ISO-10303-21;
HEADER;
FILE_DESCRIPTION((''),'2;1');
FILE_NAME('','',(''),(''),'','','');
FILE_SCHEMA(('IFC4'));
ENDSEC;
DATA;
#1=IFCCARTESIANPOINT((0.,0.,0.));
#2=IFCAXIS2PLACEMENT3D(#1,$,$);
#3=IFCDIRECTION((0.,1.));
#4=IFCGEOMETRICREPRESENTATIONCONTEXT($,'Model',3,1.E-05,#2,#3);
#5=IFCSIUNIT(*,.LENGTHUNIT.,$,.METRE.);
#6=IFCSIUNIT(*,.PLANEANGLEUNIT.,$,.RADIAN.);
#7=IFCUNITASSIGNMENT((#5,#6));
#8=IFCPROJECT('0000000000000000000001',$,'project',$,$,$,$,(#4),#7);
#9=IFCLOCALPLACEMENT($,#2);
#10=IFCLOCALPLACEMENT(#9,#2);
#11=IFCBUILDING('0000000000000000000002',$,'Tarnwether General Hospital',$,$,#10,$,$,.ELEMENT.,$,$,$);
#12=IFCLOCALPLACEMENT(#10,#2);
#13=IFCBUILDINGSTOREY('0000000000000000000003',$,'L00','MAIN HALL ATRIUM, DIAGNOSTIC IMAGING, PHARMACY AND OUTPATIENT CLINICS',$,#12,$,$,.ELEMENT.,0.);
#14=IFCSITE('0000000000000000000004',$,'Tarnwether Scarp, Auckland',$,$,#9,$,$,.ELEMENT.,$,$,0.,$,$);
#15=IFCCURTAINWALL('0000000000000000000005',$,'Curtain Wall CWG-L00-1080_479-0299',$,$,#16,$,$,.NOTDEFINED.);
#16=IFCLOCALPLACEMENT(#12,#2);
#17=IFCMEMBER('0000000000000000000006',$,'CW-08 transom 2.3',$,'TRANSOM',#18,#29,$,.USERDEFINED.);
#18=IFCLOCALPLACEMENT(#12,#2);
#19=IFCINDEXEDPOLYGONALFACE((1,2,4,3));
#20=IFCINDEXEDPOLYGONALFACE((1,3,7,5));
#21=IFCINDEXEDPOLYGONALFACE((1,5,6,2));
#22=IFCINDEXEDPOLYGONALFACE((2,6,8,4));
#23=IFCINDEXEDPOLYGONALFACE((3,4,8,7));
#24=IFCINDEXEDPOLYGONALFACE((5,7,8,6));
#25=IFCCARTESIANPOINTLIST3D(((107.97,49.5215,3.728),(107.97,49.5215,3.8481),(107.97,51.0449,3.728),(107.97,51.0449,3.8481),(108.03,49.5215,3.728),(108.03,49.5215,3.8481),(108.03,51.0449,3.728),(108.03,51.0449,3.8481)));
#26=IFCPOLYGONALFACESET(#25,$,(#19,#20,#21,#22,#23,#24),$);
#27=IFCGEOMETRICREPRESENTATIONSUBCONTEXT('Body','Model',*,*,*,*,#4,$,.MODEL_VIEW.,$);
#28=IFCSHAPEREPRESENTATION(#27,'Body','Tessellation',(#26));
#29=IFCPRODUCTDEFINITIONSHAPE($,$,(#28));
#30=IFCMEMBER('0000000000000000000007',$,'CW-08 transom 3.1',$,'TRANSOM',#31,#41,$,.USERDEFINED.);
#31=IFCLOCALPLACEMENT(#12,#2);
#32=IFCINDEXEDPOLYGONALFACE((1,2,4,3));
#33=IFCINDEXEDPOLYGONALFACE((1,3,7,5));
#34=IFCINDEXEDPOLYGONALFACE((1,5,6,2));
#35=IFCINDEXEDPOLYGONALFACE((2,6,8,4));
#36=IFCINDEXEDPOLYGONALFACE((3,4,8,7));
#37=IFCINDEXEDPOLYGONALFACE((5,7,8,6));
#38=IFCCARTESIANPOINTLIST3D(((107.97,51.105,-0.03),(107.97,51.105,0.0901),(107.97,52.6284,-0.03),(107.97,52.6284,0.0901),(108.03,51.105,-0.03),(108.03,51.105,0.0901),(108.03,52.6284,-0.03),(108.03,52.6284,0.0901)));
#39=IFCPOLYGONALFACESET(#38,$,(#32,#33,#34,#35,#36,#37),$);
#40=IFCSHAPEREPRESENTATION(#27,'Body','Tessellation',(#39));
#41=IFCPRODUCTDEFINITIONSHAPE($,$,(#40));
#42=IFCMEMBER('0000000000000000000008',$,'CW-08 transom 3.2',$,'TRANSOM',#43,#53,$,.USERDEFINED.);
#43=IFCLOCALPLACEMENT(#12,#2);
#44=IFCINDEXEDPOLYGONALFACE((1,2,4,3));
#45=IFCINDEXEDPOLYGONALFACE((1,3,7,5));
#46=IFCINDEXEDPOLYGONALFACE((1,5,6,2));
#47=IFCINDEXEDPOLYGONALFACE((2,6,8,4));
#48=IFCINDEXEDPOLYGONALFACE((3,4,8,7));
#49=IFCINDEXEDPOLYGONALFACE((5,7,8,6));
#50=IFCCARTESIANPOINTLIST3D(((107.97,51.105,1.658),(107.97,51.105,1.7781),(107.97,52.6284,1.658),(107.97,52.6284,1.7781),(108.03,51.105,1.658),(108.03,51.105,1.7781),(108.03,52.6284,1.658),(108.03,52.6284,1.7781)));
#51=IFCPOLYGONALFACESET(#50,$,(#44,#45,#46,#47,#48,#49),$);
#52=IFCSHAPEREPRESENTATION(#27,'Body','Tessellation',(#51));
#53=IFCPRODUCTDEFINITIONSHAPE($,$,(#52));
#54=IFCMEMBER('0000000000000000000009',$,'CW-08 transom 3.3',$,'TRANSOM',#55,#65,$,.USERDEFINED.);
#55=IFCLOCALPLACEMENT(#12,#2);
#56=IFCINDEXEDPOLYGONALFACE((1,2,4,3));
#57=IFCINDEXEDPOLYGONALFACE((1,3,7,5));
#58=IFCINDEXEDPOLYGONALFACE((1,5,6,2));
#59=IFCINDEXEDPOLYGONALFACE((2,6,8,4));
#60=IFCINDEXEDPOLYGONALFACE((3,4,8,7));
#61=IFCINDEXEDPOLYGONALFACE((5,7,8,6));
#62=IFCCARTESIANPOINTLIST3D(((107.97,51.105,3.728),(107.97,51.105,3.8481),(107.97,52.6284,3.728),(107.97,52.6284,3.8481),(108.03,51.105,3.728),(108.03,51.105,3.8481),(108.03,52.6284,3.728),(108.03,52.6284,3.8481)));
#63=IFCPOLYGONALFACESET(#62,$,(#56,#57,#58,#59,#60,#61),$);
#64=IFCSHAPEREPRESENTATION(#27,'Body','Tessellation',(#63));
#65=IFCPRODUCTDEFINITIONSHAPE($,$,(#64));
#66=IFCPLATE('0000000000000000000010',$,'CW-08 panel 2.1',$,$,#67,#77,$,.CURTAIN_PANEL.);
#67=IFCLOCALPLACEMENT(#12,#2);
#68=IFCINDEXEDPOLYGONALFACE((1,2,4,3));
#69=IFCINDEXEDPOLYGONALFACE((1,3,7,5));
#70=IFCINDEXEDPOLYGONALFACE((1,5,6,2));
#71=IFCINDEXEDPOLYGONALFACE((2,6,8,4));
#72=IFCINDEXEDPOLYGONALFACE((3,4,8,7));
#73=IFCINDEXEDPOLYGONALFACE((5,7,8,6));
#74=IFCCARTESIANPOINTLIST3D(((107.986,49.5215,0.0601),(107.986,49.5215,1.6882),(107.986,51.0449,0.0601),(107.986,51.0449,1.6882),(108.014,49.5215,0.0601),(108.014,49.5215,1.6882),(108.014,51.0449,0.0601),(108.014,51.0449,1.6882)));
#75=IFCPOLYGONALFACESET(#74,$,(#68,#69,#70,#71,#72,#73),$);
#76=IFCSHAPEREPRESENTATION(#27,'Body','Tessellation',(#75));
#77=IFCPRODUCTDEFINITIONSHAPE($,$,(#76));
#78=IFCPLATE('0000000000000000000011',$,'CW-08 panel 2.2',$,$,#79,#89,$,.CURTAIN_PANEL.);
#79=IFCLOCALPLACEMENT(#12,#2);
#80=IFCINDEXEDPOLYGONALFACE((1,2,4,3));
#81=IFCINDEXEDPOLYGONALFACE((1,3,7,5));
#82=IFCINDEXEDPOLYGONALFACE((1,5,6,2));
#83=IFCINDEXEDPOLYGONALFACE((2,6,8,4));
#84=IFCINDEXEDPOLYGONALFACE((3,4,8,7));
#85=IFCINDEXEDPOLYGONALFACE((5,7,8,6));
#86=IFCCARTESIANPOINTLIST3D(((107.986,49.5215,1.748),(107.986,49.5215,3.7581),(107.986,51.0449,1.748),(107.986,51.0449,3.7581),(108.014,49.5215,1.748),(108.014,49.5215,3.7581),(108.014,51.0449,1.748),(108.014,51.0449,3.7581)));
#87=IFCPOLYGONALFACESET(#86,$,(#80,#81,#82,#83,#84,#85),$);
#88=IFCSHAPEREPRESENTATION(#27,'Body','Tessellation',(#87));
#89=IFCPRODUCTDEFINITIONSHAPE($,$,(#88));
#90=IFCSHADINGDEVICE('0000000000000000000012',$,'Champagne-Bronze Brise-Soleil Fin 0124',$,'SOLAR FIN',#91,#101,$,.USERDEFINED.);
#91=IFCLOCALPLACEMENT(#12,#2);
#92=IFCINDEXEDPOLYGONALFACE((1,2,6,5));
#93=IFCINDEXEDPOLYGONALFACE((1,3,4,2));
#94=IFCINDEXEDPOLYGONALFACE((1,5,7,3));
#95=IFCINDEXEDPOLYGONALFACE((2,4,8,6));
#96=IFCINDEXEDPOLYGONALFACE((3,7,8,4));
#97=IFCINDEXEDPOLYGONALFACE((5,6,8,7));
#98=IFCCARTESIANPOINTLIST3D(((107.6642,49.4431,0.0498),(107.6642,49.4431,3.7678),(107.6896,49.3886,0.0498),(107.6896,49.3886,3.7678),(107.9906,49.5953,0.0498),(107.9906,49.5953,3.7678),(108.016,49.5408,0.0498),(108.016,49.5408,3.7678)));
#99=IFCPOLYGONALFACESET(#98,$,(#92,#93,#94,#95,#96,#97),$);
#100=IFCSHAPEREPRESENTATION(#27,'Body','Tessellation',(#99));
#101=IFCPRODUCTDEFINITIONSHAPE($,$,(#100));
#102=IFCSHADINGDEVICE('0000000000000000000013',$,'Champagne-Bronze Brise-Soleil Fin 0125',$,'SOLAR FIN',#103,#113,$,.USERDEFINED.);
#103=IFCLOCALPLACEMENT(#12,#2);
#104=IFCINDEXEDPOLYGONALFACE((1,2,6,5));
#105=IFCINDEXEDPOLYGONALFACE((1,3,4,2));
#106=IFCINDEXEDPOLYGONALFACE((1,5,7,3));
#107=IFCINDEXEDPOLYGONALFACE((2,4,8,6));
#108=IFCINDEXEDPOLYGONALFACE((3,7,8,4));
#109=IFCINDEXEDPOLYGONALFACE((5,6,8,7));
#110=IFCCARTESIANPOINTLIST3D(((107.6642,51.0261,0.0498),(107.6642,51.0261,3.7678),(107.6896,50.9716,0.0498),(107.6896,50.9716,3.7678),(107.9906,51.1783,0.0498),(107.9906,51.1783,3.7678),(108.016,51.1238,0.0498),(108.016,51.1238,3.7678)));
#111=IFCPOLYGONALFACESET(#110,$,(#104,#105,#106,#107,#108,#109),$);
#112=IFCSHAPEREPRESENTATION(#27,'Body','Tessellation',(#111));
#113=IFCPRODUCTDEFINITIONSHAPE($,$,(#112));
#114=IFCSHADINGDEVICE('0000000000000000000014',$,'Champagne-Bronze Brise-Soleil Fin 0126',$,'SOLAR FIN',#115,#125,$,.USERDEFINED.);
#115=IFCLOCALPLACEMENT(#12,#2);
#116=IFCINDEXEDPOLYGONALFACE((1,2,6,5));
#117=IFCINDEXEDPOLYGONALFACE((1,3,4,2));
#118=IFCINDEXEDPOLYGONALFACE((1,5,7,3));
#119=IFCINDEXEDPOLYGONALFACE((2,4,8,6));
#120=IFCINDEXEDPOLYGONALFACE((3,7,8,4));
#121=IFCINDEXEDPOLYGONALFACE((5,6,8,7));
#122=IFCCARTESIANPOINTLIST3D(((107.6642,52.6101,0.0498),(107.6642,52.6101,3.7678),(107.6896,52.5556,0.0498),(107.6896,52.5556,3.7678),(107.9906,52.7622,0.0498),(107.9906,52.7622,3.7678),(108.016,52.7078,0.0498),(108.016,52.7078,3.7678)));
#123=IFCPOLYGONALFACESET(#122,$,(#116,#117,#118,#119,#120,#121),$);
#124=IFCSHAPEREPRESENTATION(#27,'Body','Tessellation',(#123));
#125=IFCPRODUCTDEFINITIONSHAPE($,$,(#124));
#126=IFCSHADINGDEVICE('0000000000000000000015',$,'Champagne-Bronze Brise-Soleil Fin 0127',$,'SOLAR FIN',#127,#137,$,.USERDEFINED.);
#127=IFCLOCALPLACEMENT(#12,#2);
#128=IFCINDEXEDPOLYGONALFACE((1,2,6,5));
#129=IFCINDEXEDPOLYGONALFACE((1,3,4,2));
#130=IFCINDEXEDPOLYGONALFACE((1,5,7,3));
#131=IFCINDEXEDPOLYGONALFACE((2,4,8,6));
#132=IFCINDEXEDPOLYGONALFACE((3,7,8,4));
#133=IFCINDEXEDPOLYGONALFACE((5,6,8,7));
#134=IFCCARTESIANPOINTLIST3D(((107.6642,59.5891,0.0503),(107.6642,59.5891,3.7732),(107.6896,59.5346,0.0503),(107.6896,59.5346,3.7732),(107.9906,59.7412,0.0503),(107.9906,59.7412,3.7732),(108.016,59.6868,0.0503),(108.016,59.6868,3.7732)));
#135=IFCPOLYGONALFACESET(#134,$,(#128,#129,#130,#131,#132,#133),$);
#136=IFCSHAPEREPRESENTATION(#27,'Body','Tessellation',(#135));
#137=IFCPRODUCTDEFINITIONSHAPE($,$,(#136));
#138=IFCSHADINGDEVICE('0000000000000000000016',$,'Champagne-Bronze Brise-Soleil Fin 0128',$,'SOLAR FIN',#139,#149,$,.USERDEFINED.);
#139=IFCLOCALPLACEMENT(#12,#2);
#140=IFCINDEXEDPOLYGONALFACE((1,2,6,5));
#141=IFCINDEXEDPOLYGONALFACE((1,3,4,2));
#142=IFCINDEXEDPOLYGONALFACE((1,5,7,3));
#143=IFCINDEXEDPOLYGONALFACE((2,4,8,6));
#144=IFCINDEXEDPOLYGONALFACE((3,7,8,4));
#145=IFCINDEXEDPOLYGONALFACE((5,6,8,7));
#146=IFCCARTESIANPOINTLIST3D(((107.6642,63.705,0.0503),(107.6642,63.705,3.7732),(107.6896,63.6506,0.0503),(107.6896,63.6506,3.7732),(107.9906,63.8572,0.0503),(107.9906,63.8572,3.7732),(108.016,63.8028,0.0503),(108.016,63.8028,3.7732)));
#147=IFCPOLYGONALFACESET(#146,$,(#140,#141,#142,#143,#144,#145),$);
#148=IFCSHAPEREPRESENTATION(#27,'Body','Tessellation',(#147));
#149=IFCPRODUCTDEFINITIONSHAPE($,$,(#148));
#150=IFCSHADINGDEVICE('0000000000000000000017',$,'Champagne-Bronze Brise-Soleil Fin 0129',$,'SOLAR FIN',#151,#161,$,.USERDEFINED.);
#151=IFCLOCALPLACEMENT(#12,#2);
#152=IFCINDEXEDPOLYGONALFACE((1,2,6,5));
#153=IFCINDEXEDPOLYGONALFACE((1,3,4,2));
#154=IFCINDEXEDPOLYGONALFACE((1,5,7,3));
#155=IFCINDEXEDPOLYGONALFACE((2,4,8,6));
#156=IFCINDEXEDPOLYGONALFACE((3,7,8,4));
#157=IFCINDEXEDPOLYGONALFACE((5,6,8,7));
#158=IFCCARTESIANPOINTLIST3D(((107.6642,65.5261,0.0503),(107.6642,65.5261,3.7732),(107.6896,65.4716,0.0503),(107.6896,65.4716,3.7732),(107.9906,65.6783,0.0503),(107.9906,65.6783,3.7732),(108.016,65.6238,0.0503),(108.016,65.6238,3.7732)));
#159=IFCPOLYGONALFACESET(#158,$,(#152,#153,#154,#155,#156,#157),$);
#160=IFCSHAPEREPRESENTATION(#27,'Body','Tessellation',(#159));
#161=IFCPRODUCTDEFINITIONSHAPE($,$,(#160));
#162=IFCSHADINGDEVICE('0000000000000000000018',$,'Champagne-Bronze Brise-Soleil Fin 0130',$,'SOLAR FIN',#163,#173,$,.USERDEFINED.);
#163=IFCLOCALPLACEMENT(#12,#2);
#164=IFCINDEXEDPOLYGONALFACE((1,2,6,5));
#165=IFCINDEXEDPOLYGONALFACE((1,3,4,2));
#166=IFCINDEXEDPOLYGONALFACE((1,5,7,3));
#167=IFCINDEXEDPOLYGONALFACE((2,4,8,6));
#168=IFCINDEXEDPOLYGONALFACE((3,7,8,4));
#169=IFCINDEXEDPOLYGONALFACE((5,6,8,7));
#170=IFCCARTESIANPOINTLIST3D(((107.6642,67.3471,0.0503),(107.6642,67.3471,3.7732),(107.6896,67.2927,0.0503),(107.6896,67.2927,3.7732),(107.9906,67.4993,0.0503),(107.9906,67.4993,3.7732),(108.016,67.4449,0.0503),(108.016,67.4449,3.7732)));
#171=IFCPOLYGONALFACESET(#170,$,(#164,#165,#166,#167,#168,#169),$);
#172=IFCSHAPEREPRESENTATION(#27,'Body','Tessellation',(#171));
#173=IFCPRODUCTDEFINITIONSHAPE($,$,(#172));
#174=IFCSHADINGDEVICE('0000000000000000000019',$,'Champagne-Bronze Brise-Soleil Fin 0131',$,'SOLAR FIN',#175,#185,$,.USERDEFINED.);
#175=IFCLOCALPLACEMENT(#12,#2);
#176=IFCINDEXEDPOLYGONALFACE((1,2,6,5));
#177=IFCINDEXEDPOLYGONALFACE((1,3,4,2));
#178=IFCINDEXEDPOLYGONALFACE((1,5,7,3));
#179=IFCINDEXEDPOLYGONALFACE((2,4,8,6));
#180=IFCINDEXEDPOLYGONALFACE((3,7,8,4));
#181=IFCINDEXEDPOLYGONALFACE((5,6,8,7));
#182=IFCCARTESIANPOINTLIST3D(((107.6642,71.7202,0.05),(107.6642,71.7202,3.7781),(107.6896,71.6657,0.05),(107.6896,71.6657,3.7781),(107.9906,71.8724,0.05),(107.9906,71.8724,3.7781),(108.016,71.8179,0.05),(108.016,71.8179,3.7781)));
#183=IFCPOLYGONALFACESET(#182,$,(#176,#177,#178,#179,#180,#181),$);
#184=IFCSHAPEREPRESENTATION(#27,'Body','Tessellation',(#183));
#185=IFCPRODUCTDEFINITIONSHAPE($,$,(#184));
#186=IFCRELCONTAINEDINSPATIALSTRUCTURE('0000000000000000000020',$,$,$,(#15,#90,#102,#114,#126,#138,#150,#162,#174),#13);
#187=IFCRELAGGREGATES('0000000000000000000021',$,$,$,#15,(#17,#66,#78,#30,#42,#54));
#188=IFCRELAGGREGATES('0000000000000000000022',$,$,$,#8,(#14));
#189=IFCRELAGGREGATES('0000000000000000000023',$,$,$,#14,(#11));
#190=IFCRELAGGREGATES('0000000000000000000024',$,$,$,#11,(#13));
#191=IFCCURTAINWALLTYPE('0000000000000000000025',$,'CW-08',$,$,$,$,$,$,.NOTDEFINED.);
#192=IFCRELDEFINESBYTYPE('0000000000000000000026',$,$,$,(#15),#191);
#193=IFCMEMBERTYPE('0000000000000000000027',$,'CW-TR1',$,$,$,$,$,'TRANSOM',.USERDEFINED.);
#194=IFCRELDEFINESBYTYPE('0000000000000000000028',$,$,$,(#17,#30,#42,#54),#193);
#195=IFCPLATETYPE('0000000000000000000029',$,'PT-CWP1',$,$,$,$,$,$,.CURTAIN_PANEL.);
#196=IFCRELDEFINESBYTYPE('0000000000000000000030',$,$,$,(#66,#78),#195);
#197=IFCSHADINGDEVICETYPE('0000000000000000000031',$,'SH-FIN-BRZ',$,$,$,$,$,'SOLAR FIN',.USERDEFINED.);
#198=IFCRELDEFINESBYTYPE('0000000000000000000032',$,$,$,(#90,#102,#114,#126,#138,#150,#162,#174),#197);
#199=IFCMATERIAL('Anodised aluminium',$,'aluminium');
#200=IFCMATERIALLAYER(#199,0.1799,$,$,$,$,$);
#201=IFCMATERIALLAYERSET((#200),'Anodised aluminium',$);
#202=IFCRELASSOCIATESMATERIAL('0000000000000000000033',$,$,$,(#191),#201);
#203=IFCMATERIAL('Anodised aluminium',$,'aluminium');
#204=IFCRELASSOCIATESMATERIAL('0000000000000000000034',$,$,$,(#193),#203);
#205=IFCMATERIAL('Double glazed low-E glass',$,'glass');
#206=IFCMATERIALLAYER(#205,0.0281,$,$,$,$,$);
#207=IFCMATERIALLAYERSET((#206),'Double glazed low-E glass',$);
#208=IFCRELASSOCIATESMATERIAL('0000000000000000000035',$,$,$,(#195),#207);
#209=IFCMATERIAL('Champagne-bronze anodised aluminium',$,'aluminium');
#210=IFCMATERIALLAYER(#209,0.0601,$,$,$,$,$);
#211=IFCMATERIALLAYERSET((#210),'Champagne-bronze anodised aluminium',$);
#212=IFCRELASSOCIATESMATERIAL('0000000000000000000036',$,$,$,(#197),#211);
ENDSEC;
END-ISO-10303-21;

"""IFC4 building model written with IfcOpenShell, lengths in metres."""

from ifc_helpers import new_model, si_unit, direction, frame, origin, origin_2d, place, context, subcontext, project, spatial, rectangle, extrude, material, layer, layer_set, material_profile, profile_set, type_object, element, aggregate, save


model = new_model("IFC4")

# Units and contexts
model_context = context("Model", 3, precision=1e-05, world=origin(), true_north=direction((0.0, 1.0)))
body_context = subcontext(model_context, "Body", "Model", "MODEL_VIEW")
ifc_project = project(units=[si_unit("LENGTHUNIT", "METRE"), si_unit("PLANEANGLEUNIT", "RADIAN")], contexts=[model_context])

# Site, building, storey
site_placement = place(None, origin())
site = spatial("IfcSite", under=ifc_project, at=site_placement, Name="Tarnwether Scarp, Auckland", CompositionType="ELEMENT", RefElevation=0.0)
building_placement = place(site_placement, origin())
building = spatial("IfcBuilding", under=site, at=building_placement, Name="Tarnwether General Hospital", CompositionType="ELEMENT")
storey_placement = place(building_placement, origin())
storey = spatial("IfcBuildingStorey", under=building, at=storey_placement, Name="L00", Description="MAIN HALL ATRIUM, DIAGNOSTIC IMAGING, PHARMACY AND OUTPATIENT CLINICS", CompositionType="ELEMENT", Elevation=0.0)

# Curtain wall, members, plates
ifc_material_1 = material(Name="Anodised aluminium", Category="aluminium")
ifc_layer_1 = layer(ifc_material_1, 0.1799)
ifc_layer_set_1 = layer_set([ifc_layer_1], Name="Anodised aluminium")
curtain_wall_type = type_object("IfcCurtainWallType", Name="CW-08", PredefinedType="NOTDEFINED", material=ifc_layer_set_1)
curtain_wall_placement = place(storey_placement, origin())
curtain_wall = element("IfcCurtainWall", 1, at=curtain_wall_placement, inside=storey, type_object=curtain_wall_type, Name="Curtain Wall CWG-L00-1080_479-0299", PredefinedType="NOTDEFINED")
ifc_material_2 = material(Name="Anodised aluminium", Category="aluminium")
ifc_material_profile_1 = material_profile(ifc_material_2, rectangle(XDim=0.0601, YDim=0.1201, at=origin_2d()), Name="ALU-TRN-60x120")
ifc_profile_set_1 = profile_set([ifc_material_profile_1], Name="Anodised aluminium")
member_type_1 = type_object("IfcMemberType", Name="CW-TR1", ElementType="TRANSOM", PredefinedType="USERDEFINED", material=ifc_profile_set_1)
member_1_placement = place(storey_placement, frame((108.0, 49.5215, 3.7881), z_axis=(0.0, 1.0, 0.0), x_axis=(-1.0, 0.0, 0.0)))
member_1 = element("IfcMember", 2, at=member_1_placement, type_object=member_type_1, Name="CW-08 transom 2.3", ObjectType="TRANSOM", PredefinedType="USERDEFINED", context=body_context, shape_type="SweptSolid", body=[
    extrude(rectangle(XDim=0.0601, YDim=0.1201, at=origin_2d()), origin(), (0.0, 0.0, 1.0), 1.5234),
])
member_2_placement = place(storey_placement, frame((108.0, 51.105, 0.03), z_axis=(0.0, 1.0, 0.0), x_axis=(-1.0, 0.0, 0.0)))
member_2 = element("IfcMember", 3, at=member_2_placement, type_object=member_type_1, Name="CW-08 transom 3.1", ObjectType="TRANSOM", PredefinedType="USERDEFINED", context=body_context, shape_type="SweptSolid", body=[
    extrude(rectangle(XDim=0.0601, YDim=0.1201, at=origin_2d()), origin(), (0.0, 0.0, 1.0), 1.5234),
])
member_3_placement = place(storey_placement, frame((108.0, 51.105, 1.718), z_axis=(0.0, 1.0, 0.0), x_axis=(-1.0, 0.0, 0.0)))
member_3 = element("IfcMember", 4, at=member_3_placement, type_object=member_type_1, Name="CW-08 transom 3.2", ObjectType="TRANSOM", PredefinedType="USERDEFINED", context=body_context, shape_type="SweptSolid", body=[
    extrude(rectangle(XDim=0.0601, YDim=0.1201, at=origin_2d()), origin(), (0.0, 0.0, 1.0), 1.5234),
])
member_4_placement = place(storey_placement, frame((108.0, 51.105, 3.7881), z_axis=(0.0, 1.0, 0.0), x_axis=(-1.0, 0.0, 0.0)))
member_4 = element("IfcMember", 5, at=member_4_placement, type_object=member_type_1, Name="CW-08 transom 3.3", ObjectType="TRANSOM", PredefinedType="USERDEFINED", context=body_context, shape_type="SweptSolid", body=[
    extrude(rectangle(XDim=0.0601, YDim=0.1201, at=origin_2d()), origin(), (0.0, 0.0, 1.0), 1.5234),
])
ifc_material_3 = material(Name="Double glazed low-E glass", Category="glass")
ifc_layer_2 = layer(ifc_material_3, 0.0281)
ifc_layer_set_2 = layer_set([ifc_layer_2], Name="Double glazed low-E glass")
plate_type = type_object("IfcPlateType", Name="PT-CWP1", PredefinedType="CURTAIN_PANEL", material=ifc_layer_set_2)
plate_1_placement = place(storey_placement, frame((108.0, 50.2832, 0.0601), z_axis=(0.0, 0.0, 1.0), x_axis=(0.0, 1.0, 0.0)))
plate_1 = element("IfcPlate", 6, at=plate_1_placement, type_object=plate_type, Name="CW-08 panel 2.1", PredefinedType="CURTAIN_PANEL", context=body_context, shape_type="SweptSolid", body=[
    extrude(rectangle(XDim=1.5234, YDim=0.0281, at=origin_2d()), origin(), (0.0, 0.0, 1.0), 1.6282),
])
plate_2_placement = place(storey_placement, frame((108.0, 50.2832, 1.748), z_axis=(0.0, 0.0, 1.0), x_axis=(0.0, 1.0, 0.0)))
plate_2 = element("IfcPlate", 7, at=plate_2_placement, type_object=plate_type, Name="CW-08 panel 2.2", PredefinedType="CURTAIN_PANEL", context=body_context, shape_type="SweptSolid", body=[
    extrude(rectangle(XDim=1.5234, YDim=0.0281, at=origin_2d()), origin(), (0.0, 0.0, 1.0), 2.01),
])
aggregate(curtain_wall, [member_1, plate_1, plate_2, member_2, member_3, member_4])

# Shading devices
ifc_material_4 = material(Name="Champagne-bronze anodised aluminium", Category="aluminium")
ifc_layer_3 = layer(ifc_material_4, 0.0601)
ifc_layer_set_3 = layer_set([ifc_layer_3], Name="Champagne-bronze anodised aluminium")
shading_device_type = type_object("IfcShadingDeviceType", Name="SH-FIN-BRZ", ElementType="SOLAR FIN", PredefinedType="USERDEFINED", material=ifc_layer_set_3)
for number, where, z_axis, x_axis, name in (
    (8, (107.8401, 49.4919, 0.0498), (0.0, 0.0, 1.0), (-0.422618, 0.906308, 0.0), "Champagne-Bronze Brise-Soleil Fin 0124"),
    (9, (107.8401, 51.075, 0.0498), (0.0, 0.0, 1.0), (-0.422618, 0.906308, 0.0), "Champagne-Bronze Brise-Soleil Fin 0125"),
    (10, (107.8401, 52.6589, 0.0498), (0.0, 0.0, 1.0), (-0.422618, 0.906308, 0.0), "Champagne-Bronze Brise-Soleil Fin 0126"),
):
    element("IfcShadingDevice", number, at=place(storey_placement, frame(where, z_axis=z_axis, x_axis=x_axis)), inside=storey, type_object=shading_device_type, Name=name, ObjectType="SOLAR FIN", PredefinedType="USERDEFINED", context=body_context, shape_type="SweptSolid", body=[
        extrude(rectangle(XDim=0.0601, YDim=0.3601, at=origin_2d()), origin(), (0.0, 0.0, 1.0), 3.718),
    ])
for number, where, z_axis, x_axis, name in (
    (11, (107.8401, 59.6379, 0.0503), (0.0, 0.0, 1.0), (-0.422618, 0.906308, 0.0), "Champagne-Bronze Brise-Soleil Fin 0127"),
    (12, (107.8401, 63.7539, 0.0503), (0.0, 0.0, 1.0), (-0.422618, 0.906308, 0.0), "Champagne-Bronze Brise-Soleil Fin 0128"),
    (13, (107.8401, 65.575, 0.0503), (0.0, 0.0, 1.0), (-0.422618, 0.906308, 0.0), "Champagne-Bronze Brise-Soleil Fin 0129"),
    (14, (107.8401, 67.396, 0.0503), (0.0, 0.0, 1.0), (-0.422618, 0.906308, 0.0), "Champagne-Bronze Brise-Soleil Fin 0130"),
):
    element("IfcShadingDevice", number, at=place(storey_placement, frame(where, z_axis=z_axis, x_axis=x_axis)), inside=storey, type_object=shading_device_type, Name=name, ObjectType="SOLAR FIN", PredefinedType="USERDEFINED", context=body_context, shape_type="SweptSolid", body=[
        extrude(rectangle(XDim=0.0601, YDim=0.3601, at=origin_2d()), origin(), (0.0, 0.0, 1.0), 3.7229),
    ])
shading_device_placement = place(storey_placement, frame((107.8401, 71.769, 0.05), z_axis=(0.0, 0.0, 1.0), x_axis=(-0.422618, 0.906308, 0.0)))
element("IfcShadingDevice", 15, at=shading_device_placement, inside=storey, type_object=shading_device_type, Name="Champagne-Bronze Brise-Soleil Fin 0131", ObjectType="SOLAR FIN", PredefinedType="USERDEFINED", context=body_context, shape_type="SweptSolid", body=[
    extrude(rectangle(XDim=0.0601, YDim=0.3601, at=origin_2d()), origin(), (0.0, 0.0, 1.0), 3.728),
])

save(model, "model.ifc")
